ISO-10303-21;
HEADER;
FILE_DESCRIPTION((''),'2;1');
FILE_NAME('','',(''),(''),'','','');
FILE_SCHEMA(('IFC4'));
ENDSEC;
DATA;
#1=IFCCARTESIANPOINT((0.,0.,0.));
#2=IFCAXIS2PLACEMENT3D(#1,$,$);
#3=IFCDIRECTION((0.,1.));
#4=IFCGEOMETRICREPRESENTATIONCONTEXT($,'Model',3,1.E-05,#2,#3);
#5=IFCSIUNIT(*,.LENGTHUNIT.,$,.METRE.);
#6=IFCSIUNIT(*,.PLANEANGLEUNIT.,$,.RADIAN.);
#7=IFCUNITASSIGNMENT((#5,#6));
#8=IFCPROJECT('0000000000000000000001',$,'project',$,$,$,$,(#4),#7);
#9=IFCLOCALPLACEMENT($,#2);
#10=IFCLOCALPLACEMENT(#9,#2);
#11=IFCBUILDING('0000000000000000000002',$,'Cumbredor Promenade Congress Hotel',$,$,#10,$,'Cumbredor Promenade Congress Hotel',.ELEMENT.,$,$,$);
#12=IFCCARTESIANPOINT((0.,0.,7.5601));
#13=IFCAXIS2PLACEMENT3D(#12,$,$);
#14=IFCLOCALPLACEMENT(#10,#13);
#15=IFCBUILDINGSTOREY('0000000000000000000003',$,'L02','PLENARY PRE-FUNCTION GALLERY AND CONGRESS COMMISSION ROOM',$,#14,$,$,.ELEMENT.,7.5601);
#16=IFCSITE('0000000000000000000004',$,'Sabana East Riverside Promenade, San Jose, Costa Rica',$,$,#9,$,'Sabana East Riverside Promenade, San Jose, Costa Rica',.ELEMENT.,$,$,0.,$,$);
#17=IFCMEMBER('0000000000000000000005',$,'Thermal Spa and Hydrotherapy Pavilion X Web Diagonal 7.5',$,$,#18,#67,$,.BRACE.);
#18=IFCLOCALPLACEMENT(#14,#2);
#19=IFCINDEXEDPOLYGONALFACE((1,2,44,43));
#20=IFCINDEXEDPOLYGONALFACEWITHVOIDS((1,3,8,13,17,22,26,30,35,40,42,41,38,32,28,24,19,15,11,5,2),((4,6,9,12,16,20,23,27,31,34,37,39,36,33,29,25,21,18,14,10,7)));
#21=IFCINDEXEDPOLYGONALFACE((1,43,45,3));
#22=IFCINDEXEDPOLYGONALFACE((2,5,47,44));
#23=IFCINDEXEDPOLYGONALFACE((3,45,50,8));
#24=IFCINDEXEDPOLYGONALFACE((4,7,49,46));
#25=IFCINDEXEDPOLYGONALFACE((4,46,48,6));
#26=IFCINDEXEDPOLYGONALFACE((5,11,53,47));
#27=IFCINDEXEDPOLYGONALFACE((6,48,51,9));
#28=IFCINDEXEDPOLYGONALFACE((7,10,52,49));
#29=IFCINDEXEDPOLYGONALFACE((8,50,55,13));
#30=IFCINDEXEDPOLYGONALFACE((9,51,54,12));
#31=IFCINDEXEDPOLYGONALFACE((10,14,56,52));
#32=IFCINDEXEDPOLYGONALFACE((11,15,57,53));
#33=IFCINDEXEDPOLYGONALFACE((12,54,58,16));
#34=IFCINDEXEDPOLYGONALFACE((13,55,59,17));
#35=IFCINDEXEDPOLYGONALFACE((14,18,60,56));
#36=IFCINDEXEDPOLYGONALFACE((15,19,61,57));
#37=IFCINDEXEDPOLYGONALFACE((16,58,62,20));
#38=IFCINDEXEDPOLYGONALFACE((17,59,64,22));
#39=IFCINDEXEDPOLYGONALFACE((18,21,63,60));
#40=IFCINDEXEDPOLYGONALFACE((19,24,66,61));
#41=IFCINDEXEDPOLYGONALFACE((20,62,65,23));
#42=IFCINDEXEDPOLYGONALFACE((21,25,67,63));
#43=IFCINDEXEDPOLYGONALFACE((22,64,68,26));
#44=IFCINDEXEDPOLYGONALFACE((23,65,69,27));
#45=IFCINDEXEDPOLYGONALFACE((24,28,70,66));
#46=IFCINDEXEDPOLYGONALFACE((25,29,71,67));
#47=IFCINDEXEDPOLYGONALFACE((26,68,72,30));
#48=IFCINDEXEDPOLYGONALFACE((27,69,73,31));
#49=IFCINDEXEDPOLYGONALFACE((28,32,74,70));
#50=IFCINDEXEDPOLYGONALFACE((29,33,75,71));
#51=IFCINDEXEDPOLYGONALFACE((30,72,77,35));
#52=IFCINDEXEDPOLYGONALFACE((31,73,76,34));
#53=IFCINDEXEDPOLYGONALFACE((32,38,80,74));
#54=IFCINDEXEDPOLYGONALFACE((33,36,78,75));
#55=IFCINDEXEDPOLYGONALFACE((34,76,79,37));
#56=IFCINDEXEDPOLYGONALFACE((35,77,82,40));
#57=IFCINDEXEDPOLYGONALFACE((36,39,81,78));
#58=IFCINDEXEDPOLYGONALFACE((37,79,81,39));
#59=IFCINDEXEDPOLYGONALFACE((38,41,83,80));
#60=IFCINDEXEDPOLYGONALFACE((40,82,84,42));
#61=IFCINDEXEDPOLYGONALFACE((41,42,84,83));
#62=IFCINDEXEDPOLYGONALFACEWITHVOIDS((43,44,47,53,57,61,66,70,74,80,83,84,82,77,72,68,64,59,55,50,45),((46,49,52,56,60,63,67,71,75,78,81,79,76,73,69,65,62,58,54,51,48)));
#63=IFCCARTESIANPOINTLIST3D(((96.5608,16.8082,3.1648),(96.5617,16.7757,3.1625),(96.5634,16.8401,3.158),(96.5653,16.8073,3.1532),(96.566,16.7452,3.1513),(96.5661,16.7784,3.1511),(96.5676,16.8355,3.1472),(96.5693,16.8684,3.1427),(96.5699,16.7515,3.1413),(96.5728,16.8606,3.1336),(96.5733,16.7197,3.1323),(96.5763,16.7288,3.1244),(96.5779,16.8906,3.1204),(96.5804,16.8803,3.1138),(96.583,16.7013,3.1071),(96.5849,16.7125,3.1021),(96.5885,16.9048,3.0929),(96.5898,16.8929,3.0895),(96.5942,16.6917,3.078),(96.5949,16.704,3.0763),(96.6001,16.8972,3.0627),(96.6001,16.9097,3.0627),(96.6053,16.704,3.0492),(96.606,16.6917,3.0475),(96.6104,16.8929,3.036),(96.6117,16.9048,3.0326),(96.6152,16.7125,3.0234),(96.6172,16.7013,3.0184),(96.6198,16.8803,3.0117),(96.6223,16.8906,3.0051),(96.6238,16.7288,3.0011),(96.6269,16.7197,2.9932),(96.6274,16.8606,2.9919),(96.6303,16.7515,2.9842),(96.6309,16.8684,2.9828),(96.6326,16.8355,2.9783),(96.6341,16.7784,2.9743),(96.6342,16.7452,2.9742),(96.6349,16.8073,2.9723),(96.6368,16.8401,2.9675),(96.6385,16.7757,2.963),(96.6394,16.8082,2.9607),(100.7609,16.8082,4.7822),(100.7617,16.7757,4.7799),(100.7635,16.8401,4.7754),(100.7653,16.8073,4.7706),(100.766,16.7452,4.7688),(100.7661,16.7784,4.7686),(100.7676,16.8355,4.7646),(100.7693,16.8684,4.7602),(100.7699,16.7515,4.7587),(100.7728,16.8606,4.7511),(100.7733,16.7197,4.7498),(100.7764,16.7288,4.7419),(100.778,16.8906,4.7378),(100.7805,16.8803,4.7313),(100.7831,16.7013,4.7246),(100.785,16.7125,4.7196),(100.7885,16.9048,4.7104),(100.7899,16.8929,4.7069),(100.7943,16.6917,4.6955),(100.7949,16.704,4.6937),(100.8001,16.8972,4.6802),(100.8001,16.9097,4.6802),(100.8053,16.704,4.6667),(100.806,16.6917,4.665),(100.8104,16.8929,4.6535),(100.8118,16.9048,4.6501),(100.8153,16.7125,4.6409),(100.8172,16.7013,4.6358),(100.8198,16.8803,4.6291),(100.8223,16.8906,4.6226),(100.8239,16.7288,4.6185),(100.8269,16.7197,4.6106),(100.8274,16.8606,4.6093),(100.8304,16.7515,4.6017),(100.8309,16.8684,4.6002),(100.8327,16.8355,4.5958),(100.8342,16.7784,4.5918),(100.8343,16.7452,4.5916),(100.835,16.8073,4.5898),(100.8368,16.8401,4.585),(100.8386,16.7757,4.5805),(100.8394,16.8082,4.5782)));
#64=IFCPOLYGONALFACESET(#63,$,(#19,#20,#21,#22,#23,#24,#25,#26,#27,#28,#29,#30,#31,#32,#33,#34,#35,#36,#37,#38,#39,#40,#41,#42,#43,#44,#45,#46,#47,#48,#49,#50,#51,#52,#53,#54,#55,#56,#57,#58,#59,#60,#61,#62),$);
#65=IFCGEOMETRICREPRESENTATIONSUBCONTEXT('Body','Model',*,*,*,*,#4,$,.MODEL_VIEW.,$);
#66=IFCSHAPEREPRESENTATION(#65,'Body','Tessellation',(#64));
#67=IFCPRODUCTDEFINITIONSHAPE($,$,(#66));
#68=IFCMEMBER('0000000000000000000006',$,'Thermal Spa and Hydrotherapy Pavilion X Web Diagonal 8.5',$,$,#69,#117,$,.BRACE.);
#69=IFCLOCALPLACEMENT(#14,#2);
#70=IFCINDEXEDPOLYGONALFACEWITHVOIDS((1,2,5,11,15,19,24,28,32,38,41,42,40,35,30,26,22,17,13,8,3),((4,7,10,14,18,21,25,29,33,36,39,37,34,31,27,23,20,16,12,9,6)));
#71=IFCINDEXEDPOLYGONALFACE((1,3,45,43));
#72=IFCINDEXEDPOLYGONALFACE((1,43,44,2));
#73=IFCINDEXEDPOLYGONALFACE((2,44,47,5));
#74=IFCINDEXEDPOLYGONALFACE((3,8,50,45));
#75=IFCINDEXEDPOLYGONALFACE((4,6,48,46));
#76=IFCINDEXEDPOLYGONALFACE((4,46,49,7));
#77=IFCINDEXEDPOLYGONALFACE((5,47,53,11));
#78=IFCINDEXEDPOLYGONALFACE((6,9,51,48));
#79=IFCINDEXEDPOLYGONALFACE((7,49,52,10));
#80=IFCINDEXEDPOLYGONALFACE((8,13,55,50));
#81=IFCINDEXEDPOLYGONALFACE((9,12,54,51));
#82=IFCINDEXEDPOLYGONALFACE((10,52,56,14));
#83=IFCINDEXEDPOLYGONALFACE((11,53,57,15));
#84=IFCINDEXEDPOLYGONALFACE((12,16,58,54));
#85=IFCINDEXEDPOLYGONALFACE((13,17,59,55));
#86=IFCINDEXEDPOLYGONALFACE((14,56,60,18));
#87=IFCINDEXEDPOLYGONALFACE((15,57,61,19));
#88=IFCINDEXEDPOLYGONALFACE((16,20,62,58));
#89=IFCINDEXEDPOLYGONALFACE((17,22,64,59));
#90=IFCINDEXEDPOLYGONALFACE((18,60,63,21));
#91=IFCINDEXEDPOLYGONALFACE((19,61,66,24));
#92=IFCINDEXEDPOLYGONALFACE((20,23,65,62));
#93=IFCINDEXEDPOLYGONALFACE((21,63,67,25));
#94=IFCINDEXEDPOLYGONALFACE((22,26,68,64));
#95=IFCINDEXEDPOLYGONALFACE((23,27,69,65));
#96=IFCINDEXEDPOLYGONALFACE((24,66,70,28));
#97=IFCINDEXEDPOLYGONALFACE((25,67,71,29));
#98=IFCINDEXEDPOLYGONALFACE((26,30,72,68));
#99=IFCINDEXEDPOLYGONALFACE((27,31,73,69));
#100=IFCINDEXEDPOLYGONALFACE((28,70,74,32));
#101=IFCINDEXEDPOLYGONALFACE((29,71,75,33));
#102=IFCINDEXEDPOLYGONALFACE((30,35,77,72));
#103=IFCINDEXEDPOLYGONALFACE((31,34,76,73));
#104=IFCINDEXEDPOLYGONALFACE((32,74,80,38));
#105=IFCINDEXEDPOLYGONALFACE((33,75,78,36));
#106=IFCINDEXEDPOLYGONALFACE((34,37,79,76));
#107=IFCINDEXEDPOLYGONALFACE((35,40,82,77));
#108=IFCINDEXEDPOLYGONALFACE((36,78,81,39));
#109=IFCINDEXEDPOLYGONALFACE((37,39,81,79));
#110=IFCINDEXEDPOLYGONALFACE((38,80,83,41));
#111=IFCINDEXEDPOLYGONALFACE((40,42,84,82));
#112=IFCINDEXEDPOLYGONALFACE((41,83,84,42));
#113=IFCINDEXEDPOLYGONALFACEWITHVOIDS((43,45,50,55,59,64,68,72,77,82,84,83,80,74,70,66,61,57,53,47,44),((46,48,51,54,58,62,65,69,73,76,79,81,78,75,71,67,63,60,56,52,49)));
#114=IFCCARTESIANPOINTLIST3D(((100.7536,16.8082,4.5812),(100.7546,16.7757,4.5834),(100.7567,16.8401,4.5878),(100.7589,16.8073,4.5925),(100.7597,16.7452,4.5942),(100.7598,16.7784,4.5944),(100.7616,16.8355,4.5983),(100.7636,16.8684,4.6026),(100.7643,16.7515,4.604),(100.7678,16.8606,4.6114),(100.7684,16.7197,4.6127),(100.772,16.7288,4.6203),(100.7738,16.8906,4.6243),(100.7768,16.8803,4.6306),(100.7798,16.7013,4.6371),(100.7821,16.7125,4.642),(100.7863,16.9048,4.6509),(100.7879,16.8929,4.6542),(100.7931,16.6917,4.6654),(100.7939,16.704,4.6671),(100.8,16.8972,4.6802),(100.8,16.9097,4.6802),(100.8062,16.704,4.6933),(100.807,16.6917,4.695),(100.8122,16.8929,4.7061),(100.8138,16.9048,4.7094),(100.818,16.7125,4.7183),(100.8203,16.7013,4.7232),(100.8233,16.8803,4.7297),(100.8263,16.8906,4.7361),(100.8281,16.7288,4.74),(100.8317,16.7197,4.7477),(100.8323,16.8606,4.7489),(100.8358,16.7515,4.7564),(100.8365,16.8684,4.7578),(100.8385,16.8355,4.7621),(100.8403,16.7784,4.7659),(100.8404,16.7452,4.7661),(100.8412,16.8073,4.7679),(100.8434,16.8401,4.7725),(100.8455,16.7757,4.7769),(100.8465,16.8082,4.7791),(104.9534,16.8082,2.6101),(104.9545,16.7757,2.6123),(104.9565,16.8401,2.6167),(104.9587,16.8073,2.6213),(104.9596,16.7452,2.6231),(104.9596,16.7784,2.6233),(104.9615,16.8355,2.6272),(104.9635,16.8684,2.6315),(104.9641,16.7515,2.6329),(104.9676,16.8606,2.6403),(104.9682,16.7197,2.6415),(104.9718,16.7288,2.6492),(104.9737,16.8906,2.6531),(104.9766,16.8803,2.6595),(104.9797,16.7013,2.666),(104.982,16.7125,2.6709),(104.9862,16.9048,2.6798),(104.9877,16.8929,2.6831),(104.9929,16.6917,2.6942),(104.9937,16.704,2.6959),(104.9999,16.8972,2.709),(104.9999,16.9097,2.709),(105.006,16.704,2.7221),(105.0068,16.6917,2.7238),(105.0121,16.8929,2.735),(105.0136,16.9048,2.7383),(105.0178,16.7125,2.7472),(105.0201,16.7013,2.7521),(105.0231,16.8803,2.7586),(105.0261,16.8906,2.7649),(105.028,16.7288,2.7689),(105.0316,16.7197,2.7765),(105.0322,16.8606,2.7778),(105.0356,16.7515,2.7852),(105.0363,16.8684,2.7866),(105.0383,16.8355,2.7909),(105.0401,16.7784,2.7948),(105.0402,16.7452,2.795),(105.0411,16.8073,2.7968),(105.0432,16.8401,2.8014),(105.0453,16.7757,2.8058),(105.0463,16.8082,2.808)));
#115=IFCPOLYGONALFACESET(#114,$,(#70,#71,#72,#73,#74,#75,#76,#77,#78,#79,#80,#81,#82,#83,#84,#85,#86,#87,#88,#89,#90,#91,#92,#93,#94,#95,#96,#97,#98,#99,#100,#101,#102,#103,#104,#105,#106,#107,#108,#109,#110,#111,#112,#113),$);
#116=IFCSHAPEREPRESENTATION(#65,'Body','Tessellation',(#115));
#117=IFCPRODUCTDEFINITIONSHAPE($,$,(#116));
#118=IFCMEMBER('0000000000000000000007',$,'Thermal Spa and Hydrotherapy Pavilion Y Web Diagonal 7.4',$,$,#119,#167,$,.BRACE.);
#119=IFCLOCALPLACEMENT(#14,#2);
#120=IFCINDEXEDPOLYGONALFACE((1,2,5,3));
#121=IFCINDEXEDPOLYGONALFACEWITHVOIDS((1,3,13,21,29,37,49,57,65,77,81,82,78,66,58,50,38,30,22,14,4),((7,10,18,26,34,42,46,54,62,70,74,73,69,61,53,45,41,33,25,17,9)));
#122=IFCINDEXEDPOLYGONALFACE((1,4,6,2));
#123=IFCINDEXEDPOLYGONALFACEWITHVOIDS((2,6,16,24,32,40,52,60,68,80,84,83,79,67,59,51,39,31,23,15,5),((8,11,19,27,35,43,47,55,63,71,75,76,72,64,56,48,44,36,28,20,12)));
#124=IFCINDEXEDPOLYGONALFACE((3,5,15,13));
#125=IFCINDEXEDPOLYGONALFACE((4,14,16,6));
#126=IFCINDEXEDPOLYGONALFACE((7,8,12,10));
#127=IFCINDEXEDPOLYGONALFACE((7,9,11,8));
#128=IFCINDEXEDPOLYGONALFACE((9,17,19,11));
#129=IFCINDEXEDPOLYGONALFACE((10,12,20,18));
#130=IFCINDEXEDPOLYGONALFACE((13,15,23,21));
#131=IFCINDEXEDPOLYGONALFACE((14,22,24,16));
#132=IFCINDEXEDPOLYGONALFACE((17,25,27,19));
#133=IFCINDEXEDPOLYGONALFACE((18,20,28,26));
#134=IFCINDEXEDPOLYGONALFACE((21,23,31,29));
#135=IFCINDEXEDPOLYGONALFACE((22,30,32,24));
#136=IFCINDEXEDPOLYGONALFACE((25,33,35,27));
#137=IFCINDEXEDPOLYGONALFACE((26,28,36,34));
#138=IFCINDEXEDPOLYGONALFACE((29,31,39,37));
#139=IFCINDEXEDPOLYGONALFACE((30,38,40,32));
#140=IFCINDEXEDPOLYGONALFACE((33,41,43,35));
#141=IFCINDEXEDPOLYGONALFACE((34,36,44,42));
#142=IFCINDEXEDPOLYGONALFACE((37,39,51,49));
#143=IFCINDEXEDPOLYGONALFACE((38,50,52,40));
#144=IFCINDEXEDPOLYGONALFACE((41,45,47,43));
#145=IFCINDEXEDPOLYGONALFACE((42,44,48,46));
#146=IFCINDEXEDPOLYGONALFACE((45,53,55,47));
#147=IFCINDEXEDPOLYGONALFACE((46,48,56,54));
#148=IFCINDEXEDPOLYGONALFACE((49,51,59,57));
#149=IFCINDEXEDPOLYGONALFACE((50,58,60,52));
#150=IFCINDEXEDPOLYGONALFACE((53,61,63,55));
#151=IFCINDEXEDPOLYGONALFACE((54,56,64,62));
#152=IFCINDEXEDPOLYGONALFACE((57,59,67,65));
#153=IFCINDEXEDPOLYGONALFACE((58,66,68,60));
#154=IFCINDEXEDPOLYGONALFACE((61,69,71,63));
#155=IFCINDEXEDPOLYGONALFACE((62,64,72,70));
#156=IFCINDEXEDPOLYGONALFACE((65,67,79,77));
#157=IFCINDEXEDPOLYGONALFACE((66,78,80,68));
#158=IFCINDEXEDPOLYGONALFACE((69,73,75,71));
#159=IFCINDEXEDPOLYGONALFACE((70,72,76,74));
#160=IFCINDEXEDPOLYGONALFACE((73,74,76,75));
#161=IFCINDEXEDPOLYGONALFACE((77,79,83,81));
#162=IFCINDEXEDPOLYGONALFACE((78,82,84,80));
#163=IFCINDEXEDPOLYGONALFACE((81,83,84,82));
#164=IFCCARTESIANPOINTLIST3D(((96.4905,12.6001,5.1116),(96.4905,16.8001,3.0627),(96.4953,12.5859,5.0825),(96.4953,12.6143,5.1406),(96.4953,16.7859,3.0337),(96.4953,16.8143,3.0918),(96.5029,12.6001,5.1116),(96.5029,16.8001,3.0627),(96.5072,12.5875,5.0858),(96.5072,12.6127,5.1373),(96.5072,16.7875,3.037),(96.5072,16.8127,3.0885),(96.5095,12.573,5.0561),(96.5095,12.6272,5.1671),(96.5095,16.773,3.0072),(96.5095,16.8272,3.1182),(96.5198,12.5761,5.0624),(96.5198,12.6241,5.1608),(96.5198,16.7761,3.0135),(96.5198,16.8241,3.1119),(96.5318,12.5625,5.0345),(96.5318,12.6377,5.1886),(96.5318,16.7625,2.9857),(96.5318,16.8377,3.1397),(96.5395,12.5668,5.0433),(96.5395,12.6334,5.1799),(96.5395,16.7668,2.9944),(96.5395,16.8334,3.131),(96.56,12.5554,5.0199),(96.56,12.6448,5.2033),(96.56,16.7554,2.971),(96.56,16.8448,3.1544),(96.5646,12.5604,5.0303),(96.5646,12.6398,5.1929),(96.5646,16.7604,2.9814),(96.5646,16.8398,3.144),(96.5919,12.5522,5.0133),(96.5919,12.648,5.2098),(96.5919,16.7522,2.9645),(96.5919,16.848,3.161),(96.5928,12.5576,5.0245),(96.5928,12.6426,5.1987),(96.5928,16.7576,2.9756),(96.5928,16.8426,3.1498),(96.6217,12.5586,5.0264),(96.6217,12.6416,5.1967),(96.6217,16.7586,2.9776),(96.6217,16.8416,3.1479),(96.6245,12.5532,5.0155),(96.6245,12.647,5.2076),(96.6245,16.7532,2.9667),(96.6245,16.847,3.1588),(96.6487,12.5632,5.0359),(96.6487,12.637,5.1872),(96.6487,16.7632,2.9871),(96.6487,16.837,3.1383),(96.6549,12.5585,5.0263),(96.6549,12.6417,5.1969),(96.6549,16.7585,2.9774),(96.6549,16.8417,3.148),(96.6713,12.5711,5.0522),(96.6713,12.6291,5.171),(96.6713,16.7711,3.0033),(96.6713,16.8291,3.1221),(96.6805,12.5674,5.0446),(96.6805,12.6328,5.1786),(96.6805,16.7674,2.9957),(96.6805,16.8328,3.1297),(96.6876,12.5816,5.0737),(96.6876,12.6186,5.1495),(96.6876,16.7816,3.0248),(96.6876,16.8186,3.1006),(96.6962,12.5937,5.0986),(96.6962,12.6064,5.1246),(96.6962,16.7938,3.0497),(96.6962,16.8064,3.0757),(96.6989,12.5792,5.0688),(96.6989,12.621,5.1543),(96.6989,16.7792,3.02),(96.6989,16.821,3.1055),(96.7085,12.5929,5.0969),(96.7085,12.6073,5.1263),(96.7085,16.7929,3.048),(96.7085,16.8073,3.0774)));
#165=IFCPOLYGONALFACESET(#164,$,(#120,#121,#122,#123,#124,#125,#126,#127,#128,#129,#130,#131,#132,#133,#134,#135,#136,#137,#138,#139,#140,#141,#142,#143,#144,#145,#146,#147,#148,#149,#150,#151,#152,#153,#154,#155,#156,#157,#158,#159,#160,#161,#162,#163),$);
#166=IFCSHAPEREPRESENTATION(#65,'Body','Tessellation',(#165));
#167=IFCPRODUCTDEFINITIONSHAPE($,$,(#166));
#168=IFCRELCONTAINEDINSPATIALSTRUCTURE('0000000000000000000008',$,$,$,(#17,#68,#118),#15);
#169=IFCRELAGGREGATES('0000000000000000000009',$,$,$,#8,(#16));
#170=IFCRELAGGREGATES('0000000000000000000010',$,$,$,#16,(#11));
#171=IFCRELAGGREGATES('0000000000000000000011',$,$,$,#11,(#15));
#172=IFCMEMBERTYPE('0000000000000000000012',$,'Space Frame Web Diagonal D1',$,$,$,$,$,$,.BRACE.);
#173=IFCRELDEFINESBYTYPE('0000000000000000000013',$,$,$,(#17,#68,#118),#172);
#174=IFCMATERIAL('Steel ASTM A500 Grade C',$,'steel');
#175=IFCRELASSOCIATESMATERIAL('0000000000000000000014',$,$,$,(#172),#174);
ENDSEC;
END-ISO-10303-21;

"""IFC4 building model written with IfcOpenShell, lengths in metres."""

from ifc_helpers import new_model, si_unit, direction, frame, origin, origin_2d, place, context, subcontext, project, spatial, hollow_circle, extrude, material, material_profile, profile_set, type_object, element, save


model = new_model("IFC4")

# Units and contexts
model_context = context("Model", 3, precision=1e-05, world=origin(), true_north=direction((0.0, 1.0)))
body_context = subcontext(model_context, "Body", "Model", "MODEL_VIEW")
ifc_project = project(units=[si_unit("LENGTHUNIT", "METRE"), si_unit("PLANEANGLEUNIT", "RADIAN")], contexts=[model_context])

# Site, building, storey
site_placement = place(None, origin())
site = spatial("IfcSite", under=ifc_project, at=site_placement, Name="Sabana East Riverside Promenade, San Jose, Costa Rica", LongName="Sabana East Riverside Promenade, San Jose, Costa Rica", CompositionType="ELEMENT", RefElevation=0.0)
building_placement = place(site_placement, origin())
building = spatial("IfcBuilding", under=site, at=building_placement, Name="Cumbredor Promenade Congress Hotel", LongName="Cumbredor Promenade Congress Hotel", CompositionType="ELEMENT")
storey_placement = place(building_placement, frame((0.0, 0.0, 7.5601)))
storey = spatial("IfcBuildingStorey", under=building, at=storey_placement, Name="L02", Description="PLENARY PRE-FUNCTION GALLERY AND CONGRESS COMMISSION ROOM", CompositionType="ELEMENT", Elevation=7.5601)

# Members
ifc_material_1 = material(Name="Steel ASTM A500 Grade C", Category="steel")
ifc_material_profile_1 = material_profile(ifc_material_1, hollow_circle(Radius=0.1096, WallThickness=0.0125, at=origin_2d()), Name="CHS 219.1x12.5")
ifc_profile_set_1 = profile_set([ifc_material_profile_1], Name="Steel ASTM A500 Grade C")
member_type_1 = type_object("IfcMemberType", Name="Space Frame Web Diagonal D1", PredefinedType="BRACE", material=ifc_profile_set_1)
member_1_placement = place(storey_placement, frame((96.6001, 16.8, 3.0627), z_axis=(0.933192, 0.0, 0.359379), x_axis=(0.0, 1.0, 0.0)))
element("IfcMember", 1, at=member_1_placement, inside=storey, type_object=member_type_1, Name="Thermal Spa and Hydrotherapy Pavilion X Web Diagonal 7.5", PredefinedType="BRACE", context=body_context, shape_type="SweptSolid", body=[
    extrude(hollow_circle(Radius=0.1096, WallThickness=0.0125, at=origin_2d()), origin(), (0.0, 0.0, 1.0), 4.5007),
])
member_2_placement = place(storey_placement, frame((100.8, 16.8, 4.6802), z_axis=(0.905255, 0.0, -0.424869), x_axis=(0.0, 1.0, 0.0)))
element("IfcMember", 2, at=member_2_placement, inside=storey, type_object=member_type_1, Name="Thermal Spa and Hydrotherapy Pavilion X Web Diagonal 8.5", PredefinedType="BRACE", context=body_context, shape_type="SweptSolid", body=[
    extrude(hollow_circle(Radius=0.1096, WallThickness=0.0125, at=origin_2d()), origin(), (0.0, 0.0, 1.0), 4.6394),
])
member_3_placement = place(storey_placement, frame((96.6001, 12.6001, 5.1116), z_axis=(0.0, 0.898762, -0.438436), x_axis=(-1.0, 0.0, 0.0)))
element("IfcMember", 3, at=member_3_placement, inside=storey, type_object=member_type_1, Name="Thermal Spa and Hydrotherapy Pavilion Y Web Diagonal 7.4", PredefinedType="BRACE", context=body_context, shape_type="SweptSolid", body=[
    extrude(hollow_circle(Radius=0.1096, WallThickness=0.0125, at=origin_2d()), origin(), (0.0, 0.0, 1.0), 4.6731),
])

save(model, "model.ifc")
